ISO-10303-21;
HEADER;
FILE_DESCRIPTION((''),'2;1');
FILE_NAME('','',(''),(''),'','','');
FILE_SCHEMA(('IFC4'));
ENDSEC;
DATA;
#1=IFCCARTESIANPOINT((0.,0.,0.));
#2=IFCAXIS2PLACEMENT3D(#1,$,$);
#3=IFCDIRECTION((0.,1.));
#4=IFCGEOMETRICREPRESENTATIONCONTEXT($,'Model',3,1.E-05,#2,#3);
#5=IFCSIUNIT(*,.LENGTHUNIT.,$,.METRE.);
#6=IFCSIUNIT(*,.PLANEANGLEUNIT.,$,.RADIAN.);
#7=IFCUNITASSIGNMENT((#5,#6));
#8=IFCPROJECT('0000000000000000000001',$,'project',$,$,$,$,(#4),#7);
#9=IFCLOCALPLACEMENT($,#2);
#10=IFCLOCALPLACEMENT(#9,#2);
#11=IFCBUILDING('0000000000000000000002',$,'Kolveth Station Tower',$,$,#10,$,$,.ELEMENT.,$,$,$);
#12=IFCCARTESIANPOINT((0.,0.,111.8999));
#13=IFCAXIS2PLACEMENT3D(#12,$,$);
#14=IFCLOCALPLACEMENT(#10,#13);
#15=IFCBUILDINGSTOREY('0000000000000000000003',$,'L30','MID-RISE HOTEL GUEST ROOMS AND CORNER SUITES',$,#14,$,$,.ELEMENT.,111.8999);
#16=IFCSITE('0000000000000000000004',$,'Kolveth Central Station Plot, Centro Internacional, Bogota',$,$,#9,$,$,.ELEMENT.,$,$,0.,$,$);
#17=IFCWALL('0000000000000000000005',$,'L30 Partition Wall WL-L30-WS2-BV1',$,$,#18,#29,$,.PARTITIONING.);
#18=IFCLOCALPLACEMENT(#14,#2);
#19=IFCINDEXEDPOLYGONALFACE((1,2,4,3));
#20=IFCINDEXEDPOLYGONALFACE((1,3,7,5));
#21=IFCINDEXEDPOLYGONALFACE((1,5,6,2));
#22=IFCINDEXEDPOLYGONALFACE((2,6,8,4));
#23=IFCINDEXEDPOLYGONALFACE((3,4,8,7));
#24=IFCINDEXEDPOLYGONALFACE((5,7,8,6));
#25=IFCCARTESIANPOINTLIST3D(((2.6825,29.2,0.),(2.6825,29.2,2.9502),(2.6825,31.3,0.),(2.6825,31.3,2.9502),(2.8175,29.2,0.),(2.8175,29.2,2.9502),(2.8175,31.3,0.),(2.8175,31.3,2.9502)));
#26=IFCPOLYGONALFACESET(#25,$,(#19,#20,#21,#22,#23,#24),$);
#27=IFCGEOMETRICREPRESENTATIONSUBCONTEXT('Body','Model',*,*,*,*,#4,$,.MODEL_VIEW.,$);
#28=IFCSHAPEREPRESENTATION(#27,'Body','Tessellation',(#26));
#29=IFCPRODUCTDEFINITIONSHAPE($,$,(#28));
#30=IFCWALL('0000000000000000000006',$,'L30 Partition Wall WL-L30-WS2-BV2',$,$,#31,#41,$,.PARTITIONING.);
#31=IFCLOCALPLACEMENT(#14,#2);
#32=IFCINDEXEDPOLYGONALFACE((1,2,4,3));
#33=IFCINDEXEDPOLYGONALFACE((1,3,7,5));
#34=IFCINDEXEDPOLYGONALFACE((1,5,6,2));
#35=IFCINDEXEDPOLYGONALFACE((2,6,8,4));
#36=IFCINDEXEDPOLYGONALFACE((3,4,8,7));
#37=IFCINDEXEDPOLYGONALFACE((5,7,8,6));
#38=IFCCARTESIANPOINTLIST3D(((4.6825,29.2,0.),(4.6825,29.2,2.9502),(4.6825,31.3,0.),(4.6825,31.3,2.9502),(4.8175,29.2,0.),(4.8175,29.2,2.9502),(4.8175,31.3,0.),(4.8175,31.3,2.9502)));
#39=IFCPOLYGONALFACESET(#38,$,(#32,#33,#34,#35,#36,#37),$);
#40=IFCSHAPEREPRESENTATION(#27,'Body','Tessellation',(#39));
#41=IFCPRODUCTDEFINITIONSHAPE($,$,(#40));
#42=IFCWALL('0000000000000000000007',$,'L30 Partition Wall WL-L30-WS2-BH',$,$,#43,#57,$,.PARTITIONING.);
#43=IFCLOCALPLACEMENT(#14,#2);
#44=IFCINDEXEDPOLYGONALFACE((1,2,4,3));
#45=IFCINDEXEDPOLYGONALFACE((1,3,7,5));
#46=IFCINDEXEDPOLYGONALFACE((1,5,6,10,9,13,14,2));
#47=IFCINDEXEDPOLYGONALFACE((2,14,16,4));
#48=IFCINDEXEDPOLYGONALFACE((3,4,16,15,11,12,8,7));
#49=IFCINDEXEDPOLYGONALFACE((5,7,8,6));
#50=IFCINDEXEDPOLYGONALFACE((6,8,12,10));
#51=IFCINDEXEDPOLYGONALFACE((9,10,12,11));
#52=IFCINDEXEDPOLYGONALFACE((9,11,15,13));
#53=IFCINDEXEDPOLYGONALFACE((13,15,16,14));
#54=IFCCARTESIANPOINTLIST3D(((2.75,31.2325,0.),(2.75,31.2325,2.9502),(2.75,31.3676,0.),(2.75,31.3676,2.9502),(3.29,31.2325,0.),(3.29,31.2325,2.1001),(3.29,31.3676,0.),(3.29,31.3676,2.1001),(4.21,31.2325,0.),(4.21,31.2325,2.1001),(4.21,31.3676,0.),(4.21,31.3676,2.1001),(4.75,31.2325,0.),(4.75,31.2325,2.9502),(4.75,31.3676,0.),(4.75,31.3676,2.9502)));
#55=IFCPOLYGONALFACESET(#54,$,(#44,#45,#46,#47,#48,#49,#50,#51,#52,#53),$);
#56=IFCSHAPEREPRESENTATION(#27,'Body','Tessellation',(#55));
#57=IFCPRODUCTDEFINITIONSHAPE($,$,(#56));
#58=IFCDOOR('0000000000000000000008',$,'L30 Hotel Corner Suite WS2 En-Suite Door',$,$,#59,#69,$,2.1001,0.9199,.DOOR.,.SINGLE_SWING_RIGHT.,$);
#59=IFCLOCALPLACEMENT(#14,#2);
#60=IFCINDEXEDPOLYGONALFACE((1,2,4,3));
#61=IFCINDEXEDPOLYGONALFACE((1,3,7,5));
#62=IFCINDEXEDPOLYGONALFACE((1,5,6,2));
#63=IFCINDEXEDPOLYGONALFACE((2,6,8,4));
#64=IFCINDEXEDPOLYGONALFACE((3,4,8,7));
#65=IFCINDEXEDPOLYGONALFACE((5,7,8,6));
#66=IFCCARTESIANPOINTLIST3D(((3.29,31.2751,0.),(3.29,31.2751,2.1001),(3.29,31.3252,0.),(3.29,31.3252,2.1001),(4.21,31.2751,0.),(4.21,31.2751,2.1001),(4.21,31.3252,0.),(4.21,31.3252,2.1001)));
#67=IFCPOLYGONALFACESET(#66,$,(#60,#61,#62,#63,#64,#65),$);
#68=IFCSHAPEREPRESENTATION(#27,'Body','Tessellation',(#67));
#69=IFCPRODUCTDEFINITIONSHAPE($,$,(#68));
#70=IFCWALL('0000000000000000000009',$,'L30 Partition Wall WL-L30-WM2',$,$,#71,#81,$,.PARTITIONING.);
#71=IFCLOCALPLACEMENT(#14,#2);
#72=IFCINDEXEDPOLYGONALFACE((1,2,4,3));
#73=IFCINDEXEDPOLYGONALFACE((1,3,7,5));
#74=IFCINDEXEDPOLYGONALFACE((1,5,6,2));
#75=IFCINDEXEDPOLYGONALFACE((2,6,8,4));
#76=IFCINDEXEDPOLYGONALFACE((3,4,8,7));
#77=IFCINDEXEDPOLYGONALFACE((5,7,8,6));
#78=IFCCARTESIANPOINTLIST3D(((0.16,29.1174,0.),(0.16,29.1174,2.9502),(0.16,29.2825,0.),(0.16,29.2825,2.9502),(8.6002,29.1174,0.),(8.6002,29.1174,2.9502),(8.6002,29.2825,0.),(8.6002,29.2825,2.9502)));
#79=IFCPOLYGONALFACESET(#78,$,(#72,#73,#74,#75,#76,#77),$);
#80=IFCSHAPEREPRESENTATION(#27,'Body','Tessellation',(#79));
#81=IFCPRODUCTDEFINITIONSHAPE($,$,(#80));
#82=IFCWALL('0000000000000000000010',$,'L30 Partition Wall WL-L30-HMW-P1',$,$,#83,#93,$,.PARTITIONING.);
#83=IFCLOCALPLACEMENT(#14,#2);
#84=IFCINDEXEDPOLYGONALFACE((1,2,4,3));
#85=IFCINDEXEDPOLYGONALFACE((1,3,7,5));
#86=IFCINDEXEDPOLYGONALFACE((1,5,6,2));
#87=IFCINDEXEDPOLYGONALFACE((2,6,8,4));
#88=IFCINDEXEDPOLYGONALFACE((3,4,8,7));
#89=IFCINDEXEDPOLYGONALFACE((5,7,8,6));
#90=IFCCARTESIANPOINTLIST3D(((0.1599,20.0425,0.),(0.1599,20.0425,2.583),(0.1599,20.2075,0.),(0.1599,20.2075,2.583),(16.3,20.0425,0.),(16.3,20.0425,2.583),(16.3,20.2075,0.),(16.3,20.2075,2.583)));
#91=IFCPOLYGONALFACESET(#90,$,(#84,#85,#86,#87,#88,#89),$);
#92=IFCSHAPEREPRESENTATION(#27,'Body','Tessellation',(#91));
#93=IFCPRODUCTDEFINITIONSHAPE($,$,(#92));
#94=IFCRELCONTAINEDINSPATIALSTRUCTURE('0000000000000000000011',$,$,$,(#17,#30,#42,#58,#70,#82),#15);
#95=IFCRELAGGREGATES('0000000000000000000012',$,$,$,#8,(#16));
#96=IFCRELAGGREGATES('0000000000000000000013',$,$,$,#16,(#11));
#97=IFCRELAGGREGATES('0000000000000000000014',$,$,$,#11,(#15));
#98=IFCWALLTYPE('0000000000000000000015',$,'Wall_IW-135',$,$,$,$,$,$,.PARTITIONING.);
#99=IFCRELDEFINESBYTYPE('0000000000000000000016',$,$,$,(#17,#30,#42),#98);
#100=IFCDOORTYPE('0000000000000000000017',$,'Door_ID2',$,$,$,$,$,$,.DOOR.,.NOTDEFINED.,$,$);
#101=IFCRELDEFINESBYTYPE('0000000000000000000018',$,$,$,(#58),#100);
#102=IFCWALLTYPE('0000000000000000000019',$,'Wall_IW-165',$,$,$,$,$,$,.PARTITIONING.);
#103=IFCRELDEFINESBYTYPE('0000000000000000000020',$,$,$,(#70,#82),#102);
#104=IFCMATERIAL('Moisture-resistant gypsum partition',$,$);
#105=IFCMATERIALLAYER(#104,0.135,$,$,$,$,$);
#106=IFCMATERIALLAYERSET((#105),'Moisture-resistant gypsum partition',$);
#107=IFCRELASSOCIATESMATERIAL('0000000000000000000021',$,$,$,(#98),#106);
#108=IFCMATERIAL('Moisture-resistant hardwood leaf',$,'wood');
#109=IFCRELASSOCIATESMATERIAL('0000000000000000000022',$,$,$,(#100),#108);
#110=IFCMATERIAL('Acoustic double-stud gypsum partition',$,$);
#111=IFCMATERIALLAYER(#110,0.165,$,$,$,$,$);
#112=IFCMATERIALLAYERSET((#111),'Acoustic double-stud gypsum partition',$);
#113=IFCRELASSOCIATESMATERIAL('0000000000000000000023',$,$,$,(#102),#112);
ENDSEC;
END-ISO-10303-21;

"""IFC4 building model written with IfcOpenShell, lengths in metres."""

from ifc_helpers import new_model, si_unit, direction, frame, frame_2d, origin, place, context, subcontext, project, spatial, rectangle, extrude, material, layer, layer_set, type_object, element, fill, save


model = new_model("IFC4")

# Units and contexts
model_context = context("Model", 3, precision=1e-05, world=origin(), true_north=direction((0.0, 1.0)))
body_context = subcontext(model_context, "Body", "Model", "MODEL_VIEW")
ifc_project = project(units=[si_unit("LENGTHUNIT", "METRE"), si_unit("PLANEANGLEUNIT", "RADIAN")], contexts=[model_context])

# Site, building, storey
site_placement = place(None, origin())
site = spatial("IfcSite", under=ifc_project, at=site_placement, Name="Kolveth Central Station Plot, Centro Internacional, Bogota", CompositionType="ELEMENT", RefElevation=0.0)
building_placement = place(site_placement, origin())
building = spatial("IfcBuilding", under=site, at=building_placement, Name="Kolveth Station Tower", CompositionType="ELEMENT")
storey_placement = place(building_placement, frame((0.0, 0.0, 111.8999)))
storey = spatial("IfcBuildingStorey", under=building, at=storey_placement, Name="L30", Description="MID-RISE HOTEL GUEST ROOMS AND CORNER SUITES", CompositionType="ELEMENT", Elevation=111.8999)

# Walls
ifc_material_1 = material(Name="Moisture-resistant gypsum partition")
ifc_layer_1 = layer(ifc_material_1, 0.135)
ifc_layer_set_1 = layer_set([ifc_layer_1], Name="Moisture-resistant gypsum partition")
wall_type_1 = type_object("IfcWallType", Name="Wall_IW-135", PredefinedType="PARTITIONING", material=ifc_layer_set_1)
for number, where, z_axis, x_axis, name in (
    (1, (2.75, 29.2, 0.0), (0.0, 0.0, 1.0), (0.0, 1.0, 0.0), "L30 Partition Wall WL-L30-WS2-BV1"),
    (2, (4.75, 29.2, 0.0), (0.0, 0.0, 1.0), (0.0, 1.0, 0.0), "L30 Partition Wall WL-L30-WS2-BV2"),
):
    element("IfcWall", number, at=place(storey_placement, frame(where, z_axis=z_axis, x_axis=x_axis)), inside=storey, type_object=wall_type_1, Name=name, PredefinedType="PARTITIONING", context=body_context, shape_type="SweptSolid", body=[
        extrude(rectangle(XDim=2.1001, YDim=0.135, at=frame_2d((1.05, 0.0))), origin(), (0.0, 0.0, 1.0), 2.9502),
    ])

# Wall, opening, door
wall_1_placement = place(storey_placement, frame((2.75, 31.3, 0.0), z_axis=(0.0, 0.0, 1.0), x_axis=(1.0, 0.0, 0.0)))
wall_1 = element("IfcWall", 3, at=wall_1_placement, inside=storey, type_object=wall_type_1, Name="L30 Partition Wall WL-L30-WS2-BH", PredefinedType="PARTITIONING", context=body_context, shape_type="SweptSolid", body=[
    extrude(rectangle(XDim=2.0, YDim=0.135, at=frame_2d((1.0, 0.0))), origin(), (0.0, 0.0, 1.0), 2.9502),
])
opening_placement = place(wall_1_placement, frame((0.54, 0.0, 0.0)))
opening = element("IfcOpeningElement", 4, at=opening_placement, cuts=wall_1, PredefinedType="OPENING", context=body_context, shape_type="SweptSolid", body=[
    extrude(rectangle(XDim=0.9199, YDim=2.1001, at=frame_2d((0.46, 1.05))), frame((0.0, 0.0774, 0.0), z_axis=(0.0, -1.0, 0.0), x_axis=(1.0, 0.0, 0.0)), (0.0, 0.0, 1.0), 0.155),
])
ifc_material_2 = material(Name="Moisture-resistant hardwood leaf", Category="wood")
door_type = type_object("IfcDoorType", Name="Door_ID2", OperationType="NOTDEFINED", PredefinedType="DOOR", material=ifc_material_2)
door_placement = place(opening_placement, frame((0.9199, 0.0, 0.0), z_axis=(0.0, 0.0, 1.0), x_axis=(-1.0, 0.0, 0.0)))
door = element("IfcDoor", 5, at=door_placement, inside=storey, type_object=door_type, Name="L30 Hotel Corner Suite WS2 En-Suite Door", OperationType="SINGLE_SWING_RIGHT", OverallHeight=2.1001, OverallWidth=0.9199, PredefinedType="DOOR", context=body_context, shape_type="SweptSolid", body=[
    extrude(rectangle(XDim=0.9199, YDim=2.1001, at=frame_2d((0.46, 1.05))), frame((0.0, 0.0249, 0.0), z_axis=(0.0, -1.0, 0.0), x_axis=(1.0, 0.0, 0.0)), (0.0, 0.0, 1.0), 0.05),
])
fill(opening, door)

# Walls
ifc_material_3 = material(Name="Acoustic double-stud gypsum partition")
ifc_layer_2 = layer(ifc_material_3, 0.165)
ifc_layer_set_2 = layer_set([ifc_layer_2], Name="Acoustic double-stud gypsum partition")
wall_type_2 = type_object("IfcWallType", Name="Wall_IW-165", PredefinedType="PARTITIONING", material=ifc_layer_set_2)
wall_2_placement = place(storey_placement, frame((0.1599, 29.2, 0.0), z_axis=(0.0, 0.0, 1.0), x_axis=(1.0, 0.0, 0.0)))
element("IfcWall", 6, at=wall_2_placement, inside=storey, type_object=wall_type_2, Name="L30 Partition Wall WL-L30-WM2", PredefinedType="PARTITIONING", context=body_context, shape_type="SweptSolid", body=[
    extrude(rectangle(XDim=8.4402, YDim=0.165, at=frame_2d((4.2202, 0.0))), origin(), (0.0, 0.0, 1.0), 2.9502),
])
wall_3_placement = place(storey_placement, frame((0.1599, 20.125, 0.0), z_axis=(0.0, 0.0, 1.0), x_axis=(1.0, 0.0, 0.0)))
element("IfcWall", 7, at=wall_3_placement, inside=storey, type_object=wall_type_2, Name="L30 Partition Wall WL-L30-HMW-P1", PredefinedType="PARTITIONING", context=body_context, shape_type="SweptSolid", body=[
    extrude(rectangle(XDim=16.1401, YDim=0.165, at=frame_2d((8.0701, 0.0))), origin(), (0.0, 0.0, 1.0), 2.583),
])

save(model, "model.ifc")
